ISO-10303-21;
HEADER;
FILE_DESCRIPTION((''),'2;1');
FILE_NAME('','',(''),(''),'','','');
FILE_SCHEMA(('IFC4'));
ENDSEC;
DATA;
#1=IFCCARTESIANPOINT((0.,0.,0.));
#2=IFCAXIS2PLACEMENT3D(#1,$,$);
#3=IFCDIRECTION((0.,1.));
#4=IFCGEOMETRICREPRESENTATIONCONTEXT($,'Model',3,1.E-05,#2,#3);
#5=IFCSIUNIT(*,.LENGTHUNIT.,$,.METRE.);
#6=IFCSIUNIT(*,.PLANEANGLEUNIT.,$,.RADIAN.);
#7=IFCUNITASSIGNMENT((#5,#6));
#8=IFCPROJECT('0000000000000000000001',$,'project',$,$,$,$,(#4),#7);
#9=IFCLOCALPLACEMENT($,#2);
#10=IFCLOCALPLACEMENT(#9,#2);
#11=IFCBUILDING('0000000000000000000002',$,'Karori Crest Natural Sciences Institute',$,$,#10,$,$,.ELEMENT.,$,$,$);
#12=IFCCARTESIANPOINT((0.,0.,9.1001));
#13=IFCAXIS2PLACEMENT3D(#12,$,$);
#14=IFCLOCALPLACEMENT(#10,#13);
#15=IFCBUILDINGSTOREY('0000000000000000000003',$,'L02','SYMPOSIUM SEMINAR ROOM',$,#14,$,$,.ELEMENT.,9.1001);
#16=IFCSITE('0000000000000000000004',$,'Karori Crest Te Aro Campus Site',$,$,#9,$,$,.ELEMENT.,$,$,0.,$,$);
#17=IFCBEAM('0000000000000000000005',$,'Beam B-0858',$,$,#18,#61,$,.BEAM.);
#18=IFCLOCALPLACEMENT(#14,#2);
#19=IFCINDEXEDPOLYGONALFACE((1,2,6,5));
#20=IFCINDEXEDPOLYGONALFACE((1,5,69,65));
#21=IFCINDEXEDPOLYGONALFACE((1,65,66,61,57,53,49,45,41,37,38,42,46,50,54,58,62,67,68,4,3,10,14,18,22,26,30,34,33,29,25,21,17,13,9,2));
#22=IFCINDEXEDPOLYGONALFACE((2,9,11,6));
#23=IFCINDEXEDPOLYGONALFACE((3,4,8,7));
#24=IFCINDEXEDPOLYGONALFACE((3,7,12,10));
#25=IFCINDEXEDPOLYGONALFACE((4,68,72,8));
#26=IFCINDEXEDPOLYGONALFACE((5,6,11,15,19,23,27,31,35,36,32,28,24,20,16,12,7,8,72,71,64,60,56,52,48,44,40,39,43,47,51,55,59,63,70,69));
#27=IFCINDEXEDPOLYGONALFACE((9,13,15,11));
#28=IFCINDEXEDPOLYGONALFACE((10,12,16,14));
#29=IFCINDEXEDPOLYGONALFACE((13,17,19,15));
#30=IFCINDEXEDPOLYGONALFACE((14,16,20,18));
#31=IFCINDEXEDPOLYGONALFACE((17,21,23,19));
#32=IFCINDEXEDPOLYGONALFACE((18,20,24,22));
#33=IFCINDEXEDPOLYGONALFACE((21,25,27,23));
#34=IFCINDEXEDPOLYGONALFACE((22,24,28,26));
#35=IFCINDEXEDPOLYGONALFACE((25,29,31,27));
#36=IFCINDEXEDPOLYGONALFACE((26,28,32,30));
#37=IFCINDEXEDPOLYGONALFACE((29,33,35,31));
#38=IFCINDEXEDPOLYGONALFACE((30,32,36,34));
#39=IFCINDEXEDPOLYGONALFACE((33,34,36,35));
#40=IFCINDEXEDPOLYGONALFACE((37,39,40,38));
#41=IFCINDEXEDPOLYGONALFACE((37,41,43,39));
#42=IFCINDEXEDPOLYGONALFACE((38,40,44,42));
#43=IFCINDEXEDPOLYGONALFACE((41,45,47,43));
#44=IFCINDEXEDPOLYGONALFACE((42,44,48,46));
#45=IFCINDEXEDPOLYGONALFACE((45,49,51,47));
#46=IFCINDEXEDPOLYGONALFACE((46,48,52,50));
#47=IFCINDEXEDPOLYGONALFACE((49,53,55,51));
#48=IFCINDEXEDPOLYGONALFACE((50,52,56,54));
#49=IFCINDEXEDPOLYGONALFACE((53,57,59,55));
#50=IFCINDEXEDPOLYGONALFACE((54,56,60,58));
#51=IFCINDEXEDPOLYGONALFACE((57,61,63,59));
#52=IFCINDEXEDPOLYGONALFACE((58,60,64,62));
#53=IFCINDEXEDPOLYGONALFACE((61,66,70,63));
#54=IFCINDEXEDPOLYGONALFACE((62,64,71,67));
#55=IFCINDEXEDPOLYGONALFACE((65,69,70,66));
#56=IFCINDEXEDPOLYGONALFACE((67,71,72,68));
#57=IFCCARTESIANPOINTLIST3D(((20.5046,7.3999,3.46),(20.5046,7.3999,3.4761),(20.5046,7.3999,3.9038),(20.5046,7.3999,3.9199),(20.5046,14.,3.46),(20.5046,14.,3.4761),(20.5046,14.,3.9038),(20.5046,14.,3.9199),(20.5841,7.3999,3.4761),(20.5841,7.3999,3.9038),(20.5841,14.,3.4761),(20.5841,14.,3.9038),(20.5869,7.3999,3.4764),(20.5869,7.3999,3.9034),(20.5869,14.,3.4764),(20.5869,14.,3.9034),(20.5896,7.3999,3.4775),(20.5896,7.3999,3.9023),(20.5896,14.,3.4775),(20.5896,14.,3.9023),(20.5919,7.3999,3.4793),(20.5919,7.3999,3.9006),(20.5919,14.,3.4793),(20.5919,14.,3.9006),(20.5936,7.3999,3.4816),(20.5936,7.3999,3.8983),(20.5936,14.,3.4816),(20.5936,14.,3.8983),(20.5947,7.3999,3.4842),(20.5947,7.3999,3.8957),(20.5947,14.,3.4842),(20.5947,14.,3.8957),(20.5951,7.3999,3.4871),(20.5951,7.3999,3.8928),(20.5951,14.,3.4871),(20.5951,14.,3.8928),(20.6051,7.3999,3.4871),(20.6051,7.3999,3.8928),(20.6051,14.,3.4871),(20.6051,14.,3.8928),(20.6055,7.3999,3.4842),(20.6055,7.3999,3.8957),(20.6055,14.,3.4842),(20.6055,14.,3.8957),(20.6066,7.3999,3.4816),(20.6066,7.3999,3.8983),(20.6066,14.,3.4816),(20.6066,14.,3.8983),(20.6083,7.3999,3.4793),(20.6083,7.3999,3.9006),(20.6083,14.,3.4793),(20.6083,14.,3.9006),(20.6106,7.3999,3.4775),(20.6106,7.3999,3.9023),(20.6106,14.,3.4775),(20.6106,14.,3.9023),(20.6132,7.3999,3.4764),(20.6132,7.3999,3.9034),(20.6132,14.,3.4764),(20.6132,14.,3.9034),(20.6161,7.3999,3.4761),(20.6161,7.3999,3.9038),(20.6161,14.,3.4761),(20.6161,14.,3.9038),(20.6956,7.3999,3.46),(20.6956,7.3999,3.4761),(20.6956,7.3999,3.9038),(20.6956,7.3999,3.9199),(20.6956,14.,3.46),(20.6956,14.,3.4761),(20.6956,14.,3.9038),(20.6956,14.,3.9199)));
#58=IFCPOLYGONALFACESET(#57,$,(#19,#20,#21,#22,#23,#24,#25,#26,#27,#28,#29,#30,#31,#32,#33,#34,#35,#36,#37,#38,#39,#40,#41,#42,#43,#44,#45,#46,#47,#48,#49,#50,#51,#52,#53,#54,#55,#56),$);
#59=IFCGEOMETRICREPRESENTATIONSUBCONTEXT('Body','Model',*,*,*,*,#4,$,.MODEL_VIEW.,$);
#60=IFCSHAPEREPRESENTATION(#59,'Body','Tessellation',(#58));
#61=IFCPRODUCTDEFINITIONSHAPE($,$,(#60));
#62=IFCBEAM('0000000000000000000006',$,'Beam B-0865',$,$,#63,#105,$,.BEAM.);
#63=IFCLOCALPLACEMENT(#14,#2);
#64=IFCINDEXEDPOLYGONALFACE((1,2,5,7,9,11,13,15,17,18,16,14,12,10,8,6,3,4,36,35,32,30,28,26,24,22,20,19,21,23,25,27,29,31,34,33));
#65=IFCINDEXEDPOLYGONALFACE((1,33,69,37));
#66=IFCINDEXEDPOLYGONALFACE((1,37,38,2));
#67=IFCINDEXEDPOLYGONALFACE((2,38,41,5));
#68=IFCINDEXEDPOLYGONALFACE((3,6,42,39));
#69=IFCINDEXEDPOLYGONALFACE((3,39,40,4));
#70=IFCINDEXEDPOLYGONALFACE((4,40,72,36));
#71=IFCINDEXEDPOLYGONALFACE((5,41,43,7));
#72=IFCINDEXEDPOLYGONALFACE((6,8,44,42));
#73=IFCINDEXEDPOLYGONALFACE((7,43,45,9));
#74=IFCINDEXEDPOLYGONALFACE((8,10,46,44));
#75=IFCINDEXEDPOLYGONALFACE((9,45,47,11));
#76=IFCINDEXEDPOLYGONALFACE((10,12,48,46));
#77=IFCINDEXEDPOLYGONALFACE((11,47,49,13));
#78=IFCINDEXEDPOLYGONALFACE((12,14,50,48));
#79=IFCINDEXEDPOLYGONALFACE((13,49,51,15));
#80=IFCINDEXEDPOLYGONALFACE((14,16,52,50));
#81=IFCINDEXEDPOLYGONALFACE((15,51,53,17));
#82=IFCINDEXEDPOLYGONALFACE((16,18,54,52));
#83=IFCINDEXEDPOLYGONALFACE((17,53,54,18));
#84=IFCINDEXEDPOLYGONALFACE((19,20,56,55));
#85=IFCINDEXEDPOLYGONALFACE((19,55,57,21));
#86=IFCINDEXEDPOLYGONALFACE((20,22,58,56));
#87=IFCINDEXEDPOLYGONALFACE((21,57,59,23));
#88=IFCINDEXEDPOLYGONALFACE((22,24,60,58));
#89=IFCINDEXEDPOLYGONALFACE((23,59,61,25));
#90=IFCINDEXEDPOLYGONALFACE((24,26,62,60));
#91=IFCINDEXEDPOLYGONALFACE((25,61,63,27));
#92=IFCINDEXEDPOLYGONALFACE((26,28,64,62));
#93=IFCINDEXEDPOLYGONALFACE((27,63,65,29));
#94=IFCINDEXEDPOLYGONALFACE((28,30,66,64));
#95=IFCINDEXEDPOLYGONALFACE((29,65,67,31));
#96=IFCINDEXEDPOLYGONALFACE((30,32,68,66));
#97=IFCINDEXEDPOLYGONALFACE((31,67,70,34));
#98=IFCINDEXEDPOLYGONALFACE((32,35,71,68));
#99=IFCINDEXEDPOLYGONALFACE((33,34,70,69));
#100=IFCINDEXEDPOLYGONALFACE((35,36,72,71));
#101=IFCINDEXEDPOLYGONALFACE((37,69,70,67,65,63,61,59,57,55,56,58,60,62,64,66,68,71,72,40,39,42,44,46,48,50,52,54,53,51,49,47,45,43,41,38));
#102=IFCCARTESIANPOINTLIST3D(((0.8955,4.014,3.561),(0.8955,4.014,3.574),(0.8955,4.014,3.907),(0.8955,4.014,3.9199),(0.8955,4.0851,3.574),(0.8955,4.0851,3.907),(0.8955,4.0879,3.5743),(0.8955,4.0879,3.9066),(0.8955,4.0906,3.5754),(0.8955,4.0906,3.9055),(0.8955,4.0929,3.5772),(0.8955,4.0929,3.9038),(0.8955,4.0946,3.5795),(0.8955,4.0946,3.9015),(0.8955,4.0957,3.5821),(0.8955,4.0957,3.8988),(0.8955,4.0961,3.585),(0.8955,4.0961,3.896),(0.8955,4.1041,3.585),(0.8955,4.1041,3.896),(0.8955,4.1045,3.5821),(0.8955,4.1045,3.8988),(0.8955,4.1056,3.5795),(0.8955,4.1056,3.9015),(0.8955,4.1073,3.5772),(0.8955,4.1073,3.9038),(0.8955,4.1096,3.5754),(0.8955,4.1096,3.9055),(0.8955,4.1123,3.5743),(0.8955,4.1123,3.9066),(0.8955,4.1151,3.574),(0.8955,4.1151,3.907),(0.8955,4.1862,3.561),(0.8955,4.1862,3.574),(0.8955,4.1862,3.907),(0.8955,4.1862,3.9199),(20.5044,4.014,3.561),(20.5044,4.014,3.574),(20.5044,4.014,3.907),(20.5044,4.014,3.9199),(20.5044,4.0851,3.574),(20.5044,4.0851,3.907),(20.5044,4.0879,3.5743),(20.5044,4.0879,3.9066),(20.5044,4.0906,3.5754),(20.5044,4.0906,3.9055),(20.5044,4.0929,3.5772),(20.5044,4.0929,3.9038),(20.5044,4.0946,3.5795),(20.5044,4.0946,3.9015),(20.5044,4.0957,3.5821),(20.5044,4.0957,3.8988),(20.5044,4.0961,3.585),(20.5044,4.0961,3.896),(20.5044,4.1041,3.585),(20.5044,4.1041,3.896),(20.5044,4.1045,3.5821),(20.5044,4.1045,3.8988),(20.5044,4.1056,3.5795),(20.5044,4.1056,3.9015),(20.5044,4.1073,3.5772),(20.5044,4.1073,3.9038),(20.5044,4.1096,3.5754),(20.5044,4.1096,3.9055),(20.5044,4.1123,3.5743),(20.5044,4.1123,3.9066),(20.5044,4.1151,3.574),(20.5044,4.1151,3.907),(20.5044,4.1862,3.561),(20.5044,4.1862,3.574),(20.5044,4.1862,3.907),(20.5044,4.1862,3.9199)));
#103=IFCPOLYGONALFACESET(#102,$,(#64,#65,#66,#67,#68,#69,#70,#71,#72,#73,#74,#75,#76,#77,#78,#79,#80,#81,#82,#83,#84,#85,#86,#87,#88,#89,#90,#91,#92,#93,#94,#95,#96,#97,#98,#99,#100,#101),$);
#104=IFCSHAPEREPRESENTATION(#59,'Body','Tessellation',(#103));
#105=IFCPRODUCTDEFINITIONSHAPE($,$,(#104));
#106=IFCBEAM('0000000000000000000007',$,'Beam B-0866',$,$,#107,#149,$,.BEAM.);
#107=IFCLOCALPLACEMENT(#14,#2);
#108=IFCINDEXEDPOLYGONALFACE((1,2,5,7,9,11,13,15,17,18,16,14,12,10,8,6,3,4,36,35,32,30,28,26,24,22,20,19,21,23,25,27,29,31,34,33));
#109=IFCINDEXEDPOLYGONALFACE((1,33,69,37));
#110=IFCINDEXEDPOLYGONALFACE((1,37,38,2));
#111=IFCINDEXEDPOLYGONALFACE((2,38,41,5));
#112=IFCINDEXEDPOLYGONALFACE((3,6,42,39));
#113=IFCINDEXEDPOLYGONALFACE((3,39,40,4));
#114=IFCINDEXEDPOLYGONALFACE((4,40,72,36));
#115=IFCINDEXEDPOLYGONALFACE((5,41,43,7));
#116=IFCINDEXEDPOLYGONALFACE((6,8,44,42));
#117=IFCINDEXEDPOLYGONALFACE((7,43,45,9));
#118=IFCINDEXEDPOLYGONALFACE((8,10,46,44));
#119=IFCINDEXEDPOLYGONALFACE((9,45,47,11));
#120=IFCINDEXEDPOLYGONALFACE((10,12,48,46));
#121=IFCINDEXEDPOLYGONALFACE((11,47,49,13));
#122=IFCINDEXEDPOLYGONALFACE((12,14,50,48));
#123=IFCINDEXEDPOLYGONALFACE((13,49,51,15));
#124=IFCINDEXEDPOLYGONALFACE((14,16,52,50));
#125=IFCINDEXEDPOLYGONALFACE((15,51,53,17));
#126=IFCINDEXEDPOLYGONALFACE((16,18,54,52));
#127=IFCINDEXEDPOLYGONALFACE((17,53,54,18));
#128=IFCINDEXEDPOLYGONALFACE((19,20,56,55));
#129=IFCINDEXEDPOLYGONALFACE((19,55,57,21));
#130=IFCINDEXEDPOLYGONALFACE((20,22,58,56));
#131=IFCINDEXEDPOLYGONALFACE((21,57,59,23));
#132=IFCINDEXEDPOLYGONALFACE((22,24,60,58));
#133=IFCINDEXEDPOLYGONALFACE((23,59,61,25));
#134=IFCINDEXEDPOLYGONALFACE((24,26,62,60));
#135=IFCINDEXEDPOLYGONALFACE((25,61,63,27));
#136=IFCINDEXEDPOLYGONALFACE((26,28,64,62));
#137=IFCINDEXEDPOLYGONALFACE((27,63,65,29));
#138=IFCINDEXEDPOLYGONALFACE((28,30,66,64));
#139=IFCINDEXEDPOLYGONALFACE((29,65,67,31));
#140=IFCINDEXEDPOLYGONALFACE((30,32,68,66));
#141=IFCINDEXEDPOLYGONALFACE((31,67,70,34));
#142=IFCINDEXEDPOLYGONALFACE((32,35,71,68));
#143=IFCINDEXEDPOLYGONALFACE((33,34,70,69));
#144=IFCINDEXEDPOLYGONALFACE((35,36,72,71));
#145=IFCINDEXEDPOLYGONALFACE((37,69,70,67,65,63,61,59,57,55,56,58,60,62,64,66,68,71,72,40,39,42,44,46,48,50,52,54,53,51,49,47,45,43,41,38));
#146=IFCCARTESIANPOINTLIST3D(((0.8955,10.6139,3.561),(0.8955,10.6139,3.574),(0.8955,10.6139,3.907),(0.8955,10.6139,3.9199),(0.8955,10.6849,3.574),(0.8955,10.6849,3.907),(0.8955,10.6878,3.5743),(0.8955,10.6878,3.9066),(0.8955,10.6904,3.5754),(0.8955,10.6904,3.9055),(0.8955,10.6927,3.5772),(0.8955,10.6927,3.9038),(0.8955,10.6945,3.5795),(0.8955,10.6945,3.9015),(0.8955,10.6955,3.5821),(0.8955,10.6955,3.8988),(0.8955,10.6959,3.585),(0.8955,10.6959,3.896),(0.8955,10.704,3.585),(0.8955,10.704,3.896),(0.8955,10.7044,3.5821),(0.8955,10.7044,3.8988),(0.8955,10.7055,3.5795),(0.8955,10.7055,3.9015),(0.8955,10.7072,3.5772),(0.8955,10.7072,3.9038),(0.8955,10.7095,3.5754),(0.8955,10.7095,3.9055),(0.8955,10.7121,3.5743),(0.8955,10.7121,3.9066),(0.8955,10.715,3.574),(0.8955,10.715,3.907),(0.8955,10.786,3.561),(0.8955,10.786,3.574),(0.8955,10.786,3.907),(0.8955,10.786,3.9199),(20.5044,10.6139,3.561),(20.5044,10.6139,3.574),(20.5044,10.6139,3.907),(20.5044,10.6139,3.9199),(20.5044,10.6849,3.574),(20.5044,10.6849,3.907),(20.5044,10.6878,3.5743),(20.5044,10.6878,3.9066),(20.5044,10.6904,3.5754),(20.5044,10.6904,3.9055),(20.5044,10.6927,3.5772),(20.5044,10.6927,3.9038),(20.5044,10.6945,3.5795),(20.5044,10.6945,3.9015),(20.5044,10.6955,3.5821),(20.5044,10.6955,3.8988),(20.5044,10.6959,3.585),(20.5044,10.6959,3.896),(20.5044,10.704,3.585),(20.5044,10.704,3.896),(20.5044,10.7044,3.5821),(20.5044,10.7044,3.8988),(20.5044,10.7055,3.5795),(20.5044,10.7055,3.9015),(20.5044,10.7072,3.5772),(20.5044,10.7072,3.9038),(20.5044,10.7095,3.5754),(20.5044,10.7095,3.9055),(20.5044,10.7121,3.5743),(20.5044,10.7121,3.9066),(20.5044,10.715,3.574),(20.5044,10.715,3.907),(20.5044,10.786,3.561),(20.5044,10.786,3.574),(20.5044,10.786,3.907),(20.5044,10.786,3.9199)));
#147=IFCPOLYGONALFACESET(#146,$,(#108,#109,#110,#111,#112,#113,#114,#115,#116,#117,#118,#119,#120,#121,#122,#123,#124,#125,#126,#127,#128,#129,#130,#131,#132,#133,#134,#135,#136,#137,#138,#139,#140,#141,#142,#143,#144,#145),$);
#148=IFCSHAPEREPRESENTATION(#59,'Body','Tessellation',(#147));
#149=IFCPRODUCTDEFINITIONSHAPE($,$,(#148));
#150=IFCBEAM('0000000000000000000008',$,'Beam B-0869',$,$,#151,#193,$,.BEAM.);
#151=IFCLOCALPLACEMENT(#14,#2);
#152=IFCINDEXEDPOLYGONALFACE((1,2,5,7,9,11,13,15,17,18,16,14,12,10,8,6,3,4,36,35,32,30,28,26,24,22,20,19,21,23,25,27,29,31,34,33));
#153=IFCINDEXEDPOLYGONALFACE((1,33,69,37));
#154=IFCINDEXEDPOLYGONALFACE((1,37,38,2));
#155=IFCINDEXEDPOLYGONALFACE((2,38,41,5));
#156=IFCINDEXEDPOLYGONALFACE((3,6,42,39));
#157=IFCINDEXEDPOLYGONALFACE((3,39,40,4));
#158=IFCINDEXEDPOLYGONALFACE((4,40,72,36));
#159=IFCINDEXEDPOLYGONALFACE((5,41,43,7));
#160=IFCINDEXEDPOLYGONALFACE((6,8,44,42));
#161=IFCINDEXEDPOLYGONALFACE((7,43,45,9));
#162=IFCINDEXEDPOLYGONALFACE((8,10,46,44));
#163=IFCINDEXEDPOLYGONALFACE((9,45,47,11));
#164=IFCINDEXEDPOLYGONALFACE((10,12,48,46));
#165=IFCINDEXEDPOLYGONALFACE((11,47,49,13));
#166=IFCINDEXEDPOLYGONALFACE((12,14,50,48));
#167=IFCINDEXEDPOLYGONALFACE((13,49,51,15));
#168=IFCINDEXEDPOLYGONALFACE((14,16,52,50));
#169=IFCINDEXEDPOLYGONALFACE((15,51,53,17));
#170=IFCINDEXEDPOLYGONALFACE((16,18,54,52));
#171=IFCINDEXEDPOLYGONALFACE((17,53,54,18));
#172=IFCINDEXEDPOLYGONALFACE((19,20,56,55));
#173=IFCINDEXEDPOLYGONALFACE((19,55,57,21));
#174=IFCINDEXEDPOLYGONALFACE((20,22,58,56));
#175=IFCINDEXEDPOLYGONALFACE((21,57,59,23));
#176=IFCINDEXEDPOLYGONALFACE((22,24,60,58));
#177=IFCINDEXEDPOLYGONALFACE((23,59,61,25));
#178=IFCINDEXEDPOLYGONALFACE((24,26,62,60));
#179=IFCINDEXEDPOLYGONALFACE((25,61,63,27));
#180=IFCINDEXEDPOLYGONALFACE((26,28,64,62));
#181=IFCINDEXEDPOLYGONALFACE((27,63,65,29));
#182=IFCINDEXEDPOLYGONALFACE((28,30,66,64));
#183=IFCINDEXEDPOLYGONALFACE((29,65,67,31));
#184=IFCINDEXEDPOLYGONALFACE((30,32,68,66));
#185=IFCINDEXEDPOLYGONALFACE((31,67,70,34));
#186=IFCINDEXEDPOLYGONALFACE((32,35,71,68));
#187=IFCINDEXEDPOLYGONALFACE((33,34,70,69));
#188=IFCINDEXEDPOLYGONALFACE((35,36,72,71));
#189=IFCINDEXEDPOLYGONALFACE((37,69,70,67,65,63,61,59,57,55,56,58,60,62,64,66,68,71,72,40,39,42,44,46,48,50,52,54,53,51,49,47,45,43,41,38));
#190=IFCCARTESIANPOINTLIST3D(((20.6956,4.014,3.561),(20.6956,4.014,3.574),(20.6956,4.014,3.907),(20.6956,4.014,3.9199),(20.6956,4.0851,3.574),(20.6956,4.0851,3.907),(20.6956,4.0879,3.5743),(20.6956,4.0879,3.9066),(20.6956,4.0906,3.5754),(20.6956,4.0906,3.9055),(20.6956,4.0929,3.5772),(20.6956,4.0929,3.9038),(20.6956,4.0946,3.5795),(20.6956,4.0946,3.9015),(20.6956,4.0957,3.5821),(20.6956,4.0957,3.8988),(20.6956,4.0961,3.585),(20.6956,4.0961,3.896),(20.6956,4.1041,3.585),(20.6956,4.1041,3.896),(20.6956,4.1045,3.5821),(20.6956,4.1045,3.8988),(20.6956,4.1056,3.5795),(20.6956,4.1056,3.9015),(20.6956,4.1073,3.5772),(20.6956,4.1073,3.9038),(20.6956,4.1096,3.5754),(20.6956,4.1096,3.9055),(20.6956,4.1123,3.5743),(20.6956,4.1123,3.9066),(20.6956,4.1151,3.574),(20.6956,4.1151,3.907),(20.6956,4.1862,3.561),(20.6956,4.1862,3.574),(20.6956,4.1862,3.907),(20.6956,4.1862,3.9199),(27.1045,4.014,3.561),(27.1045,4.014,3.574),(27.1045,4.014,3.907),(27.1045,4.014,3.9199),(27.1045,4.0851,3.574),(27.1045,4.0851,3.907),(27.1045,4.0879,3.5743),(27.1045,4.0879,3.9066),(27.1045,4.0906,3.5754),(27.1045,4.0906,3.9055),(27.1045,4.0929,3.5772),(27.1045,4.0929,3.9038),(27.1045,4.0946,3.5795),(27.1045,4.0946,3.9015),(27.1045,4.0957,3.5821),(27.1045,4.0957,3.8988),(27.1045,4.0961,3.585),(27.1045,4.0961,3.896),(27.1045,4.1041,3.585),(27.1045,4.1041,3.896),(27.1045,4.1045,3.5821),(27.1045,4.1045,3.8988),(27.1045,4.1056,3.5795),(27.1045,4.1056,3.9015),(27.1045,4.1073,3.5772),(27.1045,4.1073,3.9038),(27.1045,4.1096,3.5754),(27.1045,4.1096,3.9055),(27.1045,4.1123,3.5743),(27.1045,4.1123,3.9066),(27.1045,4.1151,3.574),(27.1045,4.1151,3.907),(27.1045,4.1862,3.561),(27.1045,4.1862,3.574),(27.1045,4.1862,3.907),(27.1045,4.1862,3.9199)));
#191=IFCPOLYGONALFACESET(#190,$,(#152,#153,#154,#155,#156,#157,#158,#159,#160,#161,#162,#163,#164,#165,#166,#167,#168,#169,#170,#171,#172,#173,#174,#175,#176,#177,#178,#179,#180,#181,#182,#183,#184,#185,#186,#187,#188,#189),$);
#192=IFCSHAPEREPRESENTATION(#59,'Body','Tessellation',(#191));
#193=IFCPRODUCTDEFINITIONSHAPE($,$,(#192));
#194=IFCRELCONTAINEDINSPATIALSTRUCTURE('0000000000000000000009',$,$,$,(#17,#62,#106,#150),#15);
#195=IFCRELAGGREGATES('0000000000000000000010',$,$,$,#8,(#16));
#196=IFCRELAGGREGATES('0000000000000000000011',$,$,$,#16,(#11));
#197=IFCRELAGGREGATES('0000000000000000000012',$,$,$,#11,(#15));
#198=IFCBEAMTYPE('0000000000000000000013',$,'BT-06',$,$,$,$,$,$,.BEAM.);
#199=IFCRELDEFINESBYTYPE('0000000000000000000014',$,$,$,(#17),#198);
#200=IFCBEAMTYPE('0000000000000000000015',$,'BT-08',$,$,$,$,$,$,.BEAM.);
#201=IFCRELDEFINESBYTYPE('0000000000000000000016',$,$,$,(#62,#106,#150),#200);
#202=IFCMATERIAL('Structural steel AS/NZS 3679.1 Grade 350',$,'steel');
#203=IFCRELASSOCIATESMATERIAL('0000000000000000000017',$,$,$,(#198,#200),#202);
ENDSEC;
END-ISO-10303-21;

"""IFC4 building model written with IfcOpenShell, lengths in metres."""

from ifc_helpers import new_model, si_unit, direction, frame, origin, origin_2d, place, context, subcontext, project, spatial, i_section, extrude, material, material_profile, profile_set, type_object, element, save


model = new_model("IFC4")

# Units and contexts
model_context = context("Model", 3, precision=1e-05, world=origin(), true_north=direction((0.0, 1.0)))
body_context = subcontext(model_context, "Body", "Model", "MODEL_VIEW")
ifc_project = project(units=[si_unit("LENGTHUNIT", "METRE"), si_unit("PLANEANGLEUNIT", "RADIAN")], contexts=[model_context])

# Site, building, storey
site_placement = place(None, origin())
site = spatial("IfcSite", under=ifc_project, at=site_placement, Name="Karori Crest Te Aro Campus Site", CompositionType="ELEMENT", RefElevation=0.0)
building_placement = place(site_placement, origin())
building = spatial("IfcBuilding", under=site, at=building_placement, Name="Karori Crest Natural Sciences Institute", CompositionType="ELEMENT")
storey_placement = place(building_placement, frame((0.0, 0.0, 9.1001)))
storey = spatial("IfcBuildingStorey", under=building, at=storey_placement, Name="L02", Description="SYMPOSIUM SEMINAR ROOM", CompositionType="ELEMENT", Elevation=9.1001)

# Shared definitions
ifc_material_1 = material(Name="Structural steel AS/NZS 3679.1 Grade 350", Category="steel")

# Beams
ifc_material_profile_1 = material_profile(ifc_material_1, i_section(OverallWidth=0.1909, OverallDepth=0.46, WebThickness=0.01, FlangeThickness=0.0161, FilletRadius=0.011, at=origin_2d()), Name="460UB82.1")
ifc_profile_set_1 = profile_set([ifc_material_profile_1], Name="Structural steel AS/NZS 3679.1 Grade 350")
beam_type_1 = type_object("IfcBeamType", Name="BT-06", PredefinedType="BEAM", material=ifc_profile_set_1)
beam_1_placement = place(storey_placement, frame((20.6001, 7.3999, 3.6899), z_axis=(0.0, 1.0, 0.0), x_axis=(-1.0, 0.0, 0.0)))
element("IfcBeam", 1, at=beam_1_placement, inside=storey, type_object=beam_type_1, Name="Beam B-0858", PredefinedType="BEAM", context=body_context, shape_type="SweptSolid", body=[
    extrude(i_section(OverallWidth=0.1909, OverallDepth=0.46, WebThickness=0.01, FlangeThickness=0.0161, FilletRadius=0.011, at=origin_2d()), origin(), (0.0, 0.0, 1.0), 6.6001),
])
ifc_material_profile_2 = material_profile(ifc_material_1, i_section(OverallWidth=0.1721, OverallDepth=0.3589, WebThickness=0.0081, FlangeThickness=0.0129, FilletRadius=0.011, at=origin_2d()), Name="360UB56.7")
ifc_profile_set_2 = profile_set([ifc_material_profile_2], Name="Structural steel AS/NZS 3679.1 Grade 350")
beam_type_2 = type_object("IfcBeamType", Name="BT-08", PredefinedType="BEAM", material=ifc_profile_set_2)
for number, where, z_axis, x_axis, name in (
    (2, (0.8955, 4.1001, 3.7405), (1.0, 0.0, 0.0), (0.0, 1.0, 0.0), "Beam B-0865"),
    (3, (0.8955, 10.7, 3.7405), (1.0, 0.0, 0.0), (0.0, 1.0, 0.0), "Beam B-0866"),
):
    element("IfcBeam", number, at=place(storey_placement, frame(where, z_axis=z_axis, x_axis=x_axis)), inside=storey, type_object=beam_type_2, Name=name, PredefinedType="BEAM", context=body_context, shape_type="SweptSolid", body=[
        extrude(i_section(OverallWidth=0.1721, OverallDepth=0.3589, WebThickness=0.0081, FlangeThickness=0.0129, FilletRadius=0.011, at=origin_2d()), origin(), (0.0, 0.0, 1.0), 19.6089),
    ])
for number, where, z_axis, x_axis, name in (
    (4, (20.6956, 4.1001, 3.7405), (1.0, 0.0, 0.0), (0.0, 1.0, 0.0), "Beam B-0869"),
):
    element("IfcBeam", number, at=place(storey_placement, frame(where, z_axis=z_axis, x_axis=x_axis)), inside=storey, type_object=beam_type_2, Name=name, PredefinedType="BEAM", context=body_context, shape_type="SweptSolid", body=[
        extrude(i_section(OverallWidth=0.1721, OverallDepth=0.3589, WebThickness=0.0081, FlangeThickness=0.0129, FilletRadius=0.011, at=origin_2d()), origin(), (0.0, 0.0, 1.0), 6.4089),
    ])

save(model, "model.ifc")
